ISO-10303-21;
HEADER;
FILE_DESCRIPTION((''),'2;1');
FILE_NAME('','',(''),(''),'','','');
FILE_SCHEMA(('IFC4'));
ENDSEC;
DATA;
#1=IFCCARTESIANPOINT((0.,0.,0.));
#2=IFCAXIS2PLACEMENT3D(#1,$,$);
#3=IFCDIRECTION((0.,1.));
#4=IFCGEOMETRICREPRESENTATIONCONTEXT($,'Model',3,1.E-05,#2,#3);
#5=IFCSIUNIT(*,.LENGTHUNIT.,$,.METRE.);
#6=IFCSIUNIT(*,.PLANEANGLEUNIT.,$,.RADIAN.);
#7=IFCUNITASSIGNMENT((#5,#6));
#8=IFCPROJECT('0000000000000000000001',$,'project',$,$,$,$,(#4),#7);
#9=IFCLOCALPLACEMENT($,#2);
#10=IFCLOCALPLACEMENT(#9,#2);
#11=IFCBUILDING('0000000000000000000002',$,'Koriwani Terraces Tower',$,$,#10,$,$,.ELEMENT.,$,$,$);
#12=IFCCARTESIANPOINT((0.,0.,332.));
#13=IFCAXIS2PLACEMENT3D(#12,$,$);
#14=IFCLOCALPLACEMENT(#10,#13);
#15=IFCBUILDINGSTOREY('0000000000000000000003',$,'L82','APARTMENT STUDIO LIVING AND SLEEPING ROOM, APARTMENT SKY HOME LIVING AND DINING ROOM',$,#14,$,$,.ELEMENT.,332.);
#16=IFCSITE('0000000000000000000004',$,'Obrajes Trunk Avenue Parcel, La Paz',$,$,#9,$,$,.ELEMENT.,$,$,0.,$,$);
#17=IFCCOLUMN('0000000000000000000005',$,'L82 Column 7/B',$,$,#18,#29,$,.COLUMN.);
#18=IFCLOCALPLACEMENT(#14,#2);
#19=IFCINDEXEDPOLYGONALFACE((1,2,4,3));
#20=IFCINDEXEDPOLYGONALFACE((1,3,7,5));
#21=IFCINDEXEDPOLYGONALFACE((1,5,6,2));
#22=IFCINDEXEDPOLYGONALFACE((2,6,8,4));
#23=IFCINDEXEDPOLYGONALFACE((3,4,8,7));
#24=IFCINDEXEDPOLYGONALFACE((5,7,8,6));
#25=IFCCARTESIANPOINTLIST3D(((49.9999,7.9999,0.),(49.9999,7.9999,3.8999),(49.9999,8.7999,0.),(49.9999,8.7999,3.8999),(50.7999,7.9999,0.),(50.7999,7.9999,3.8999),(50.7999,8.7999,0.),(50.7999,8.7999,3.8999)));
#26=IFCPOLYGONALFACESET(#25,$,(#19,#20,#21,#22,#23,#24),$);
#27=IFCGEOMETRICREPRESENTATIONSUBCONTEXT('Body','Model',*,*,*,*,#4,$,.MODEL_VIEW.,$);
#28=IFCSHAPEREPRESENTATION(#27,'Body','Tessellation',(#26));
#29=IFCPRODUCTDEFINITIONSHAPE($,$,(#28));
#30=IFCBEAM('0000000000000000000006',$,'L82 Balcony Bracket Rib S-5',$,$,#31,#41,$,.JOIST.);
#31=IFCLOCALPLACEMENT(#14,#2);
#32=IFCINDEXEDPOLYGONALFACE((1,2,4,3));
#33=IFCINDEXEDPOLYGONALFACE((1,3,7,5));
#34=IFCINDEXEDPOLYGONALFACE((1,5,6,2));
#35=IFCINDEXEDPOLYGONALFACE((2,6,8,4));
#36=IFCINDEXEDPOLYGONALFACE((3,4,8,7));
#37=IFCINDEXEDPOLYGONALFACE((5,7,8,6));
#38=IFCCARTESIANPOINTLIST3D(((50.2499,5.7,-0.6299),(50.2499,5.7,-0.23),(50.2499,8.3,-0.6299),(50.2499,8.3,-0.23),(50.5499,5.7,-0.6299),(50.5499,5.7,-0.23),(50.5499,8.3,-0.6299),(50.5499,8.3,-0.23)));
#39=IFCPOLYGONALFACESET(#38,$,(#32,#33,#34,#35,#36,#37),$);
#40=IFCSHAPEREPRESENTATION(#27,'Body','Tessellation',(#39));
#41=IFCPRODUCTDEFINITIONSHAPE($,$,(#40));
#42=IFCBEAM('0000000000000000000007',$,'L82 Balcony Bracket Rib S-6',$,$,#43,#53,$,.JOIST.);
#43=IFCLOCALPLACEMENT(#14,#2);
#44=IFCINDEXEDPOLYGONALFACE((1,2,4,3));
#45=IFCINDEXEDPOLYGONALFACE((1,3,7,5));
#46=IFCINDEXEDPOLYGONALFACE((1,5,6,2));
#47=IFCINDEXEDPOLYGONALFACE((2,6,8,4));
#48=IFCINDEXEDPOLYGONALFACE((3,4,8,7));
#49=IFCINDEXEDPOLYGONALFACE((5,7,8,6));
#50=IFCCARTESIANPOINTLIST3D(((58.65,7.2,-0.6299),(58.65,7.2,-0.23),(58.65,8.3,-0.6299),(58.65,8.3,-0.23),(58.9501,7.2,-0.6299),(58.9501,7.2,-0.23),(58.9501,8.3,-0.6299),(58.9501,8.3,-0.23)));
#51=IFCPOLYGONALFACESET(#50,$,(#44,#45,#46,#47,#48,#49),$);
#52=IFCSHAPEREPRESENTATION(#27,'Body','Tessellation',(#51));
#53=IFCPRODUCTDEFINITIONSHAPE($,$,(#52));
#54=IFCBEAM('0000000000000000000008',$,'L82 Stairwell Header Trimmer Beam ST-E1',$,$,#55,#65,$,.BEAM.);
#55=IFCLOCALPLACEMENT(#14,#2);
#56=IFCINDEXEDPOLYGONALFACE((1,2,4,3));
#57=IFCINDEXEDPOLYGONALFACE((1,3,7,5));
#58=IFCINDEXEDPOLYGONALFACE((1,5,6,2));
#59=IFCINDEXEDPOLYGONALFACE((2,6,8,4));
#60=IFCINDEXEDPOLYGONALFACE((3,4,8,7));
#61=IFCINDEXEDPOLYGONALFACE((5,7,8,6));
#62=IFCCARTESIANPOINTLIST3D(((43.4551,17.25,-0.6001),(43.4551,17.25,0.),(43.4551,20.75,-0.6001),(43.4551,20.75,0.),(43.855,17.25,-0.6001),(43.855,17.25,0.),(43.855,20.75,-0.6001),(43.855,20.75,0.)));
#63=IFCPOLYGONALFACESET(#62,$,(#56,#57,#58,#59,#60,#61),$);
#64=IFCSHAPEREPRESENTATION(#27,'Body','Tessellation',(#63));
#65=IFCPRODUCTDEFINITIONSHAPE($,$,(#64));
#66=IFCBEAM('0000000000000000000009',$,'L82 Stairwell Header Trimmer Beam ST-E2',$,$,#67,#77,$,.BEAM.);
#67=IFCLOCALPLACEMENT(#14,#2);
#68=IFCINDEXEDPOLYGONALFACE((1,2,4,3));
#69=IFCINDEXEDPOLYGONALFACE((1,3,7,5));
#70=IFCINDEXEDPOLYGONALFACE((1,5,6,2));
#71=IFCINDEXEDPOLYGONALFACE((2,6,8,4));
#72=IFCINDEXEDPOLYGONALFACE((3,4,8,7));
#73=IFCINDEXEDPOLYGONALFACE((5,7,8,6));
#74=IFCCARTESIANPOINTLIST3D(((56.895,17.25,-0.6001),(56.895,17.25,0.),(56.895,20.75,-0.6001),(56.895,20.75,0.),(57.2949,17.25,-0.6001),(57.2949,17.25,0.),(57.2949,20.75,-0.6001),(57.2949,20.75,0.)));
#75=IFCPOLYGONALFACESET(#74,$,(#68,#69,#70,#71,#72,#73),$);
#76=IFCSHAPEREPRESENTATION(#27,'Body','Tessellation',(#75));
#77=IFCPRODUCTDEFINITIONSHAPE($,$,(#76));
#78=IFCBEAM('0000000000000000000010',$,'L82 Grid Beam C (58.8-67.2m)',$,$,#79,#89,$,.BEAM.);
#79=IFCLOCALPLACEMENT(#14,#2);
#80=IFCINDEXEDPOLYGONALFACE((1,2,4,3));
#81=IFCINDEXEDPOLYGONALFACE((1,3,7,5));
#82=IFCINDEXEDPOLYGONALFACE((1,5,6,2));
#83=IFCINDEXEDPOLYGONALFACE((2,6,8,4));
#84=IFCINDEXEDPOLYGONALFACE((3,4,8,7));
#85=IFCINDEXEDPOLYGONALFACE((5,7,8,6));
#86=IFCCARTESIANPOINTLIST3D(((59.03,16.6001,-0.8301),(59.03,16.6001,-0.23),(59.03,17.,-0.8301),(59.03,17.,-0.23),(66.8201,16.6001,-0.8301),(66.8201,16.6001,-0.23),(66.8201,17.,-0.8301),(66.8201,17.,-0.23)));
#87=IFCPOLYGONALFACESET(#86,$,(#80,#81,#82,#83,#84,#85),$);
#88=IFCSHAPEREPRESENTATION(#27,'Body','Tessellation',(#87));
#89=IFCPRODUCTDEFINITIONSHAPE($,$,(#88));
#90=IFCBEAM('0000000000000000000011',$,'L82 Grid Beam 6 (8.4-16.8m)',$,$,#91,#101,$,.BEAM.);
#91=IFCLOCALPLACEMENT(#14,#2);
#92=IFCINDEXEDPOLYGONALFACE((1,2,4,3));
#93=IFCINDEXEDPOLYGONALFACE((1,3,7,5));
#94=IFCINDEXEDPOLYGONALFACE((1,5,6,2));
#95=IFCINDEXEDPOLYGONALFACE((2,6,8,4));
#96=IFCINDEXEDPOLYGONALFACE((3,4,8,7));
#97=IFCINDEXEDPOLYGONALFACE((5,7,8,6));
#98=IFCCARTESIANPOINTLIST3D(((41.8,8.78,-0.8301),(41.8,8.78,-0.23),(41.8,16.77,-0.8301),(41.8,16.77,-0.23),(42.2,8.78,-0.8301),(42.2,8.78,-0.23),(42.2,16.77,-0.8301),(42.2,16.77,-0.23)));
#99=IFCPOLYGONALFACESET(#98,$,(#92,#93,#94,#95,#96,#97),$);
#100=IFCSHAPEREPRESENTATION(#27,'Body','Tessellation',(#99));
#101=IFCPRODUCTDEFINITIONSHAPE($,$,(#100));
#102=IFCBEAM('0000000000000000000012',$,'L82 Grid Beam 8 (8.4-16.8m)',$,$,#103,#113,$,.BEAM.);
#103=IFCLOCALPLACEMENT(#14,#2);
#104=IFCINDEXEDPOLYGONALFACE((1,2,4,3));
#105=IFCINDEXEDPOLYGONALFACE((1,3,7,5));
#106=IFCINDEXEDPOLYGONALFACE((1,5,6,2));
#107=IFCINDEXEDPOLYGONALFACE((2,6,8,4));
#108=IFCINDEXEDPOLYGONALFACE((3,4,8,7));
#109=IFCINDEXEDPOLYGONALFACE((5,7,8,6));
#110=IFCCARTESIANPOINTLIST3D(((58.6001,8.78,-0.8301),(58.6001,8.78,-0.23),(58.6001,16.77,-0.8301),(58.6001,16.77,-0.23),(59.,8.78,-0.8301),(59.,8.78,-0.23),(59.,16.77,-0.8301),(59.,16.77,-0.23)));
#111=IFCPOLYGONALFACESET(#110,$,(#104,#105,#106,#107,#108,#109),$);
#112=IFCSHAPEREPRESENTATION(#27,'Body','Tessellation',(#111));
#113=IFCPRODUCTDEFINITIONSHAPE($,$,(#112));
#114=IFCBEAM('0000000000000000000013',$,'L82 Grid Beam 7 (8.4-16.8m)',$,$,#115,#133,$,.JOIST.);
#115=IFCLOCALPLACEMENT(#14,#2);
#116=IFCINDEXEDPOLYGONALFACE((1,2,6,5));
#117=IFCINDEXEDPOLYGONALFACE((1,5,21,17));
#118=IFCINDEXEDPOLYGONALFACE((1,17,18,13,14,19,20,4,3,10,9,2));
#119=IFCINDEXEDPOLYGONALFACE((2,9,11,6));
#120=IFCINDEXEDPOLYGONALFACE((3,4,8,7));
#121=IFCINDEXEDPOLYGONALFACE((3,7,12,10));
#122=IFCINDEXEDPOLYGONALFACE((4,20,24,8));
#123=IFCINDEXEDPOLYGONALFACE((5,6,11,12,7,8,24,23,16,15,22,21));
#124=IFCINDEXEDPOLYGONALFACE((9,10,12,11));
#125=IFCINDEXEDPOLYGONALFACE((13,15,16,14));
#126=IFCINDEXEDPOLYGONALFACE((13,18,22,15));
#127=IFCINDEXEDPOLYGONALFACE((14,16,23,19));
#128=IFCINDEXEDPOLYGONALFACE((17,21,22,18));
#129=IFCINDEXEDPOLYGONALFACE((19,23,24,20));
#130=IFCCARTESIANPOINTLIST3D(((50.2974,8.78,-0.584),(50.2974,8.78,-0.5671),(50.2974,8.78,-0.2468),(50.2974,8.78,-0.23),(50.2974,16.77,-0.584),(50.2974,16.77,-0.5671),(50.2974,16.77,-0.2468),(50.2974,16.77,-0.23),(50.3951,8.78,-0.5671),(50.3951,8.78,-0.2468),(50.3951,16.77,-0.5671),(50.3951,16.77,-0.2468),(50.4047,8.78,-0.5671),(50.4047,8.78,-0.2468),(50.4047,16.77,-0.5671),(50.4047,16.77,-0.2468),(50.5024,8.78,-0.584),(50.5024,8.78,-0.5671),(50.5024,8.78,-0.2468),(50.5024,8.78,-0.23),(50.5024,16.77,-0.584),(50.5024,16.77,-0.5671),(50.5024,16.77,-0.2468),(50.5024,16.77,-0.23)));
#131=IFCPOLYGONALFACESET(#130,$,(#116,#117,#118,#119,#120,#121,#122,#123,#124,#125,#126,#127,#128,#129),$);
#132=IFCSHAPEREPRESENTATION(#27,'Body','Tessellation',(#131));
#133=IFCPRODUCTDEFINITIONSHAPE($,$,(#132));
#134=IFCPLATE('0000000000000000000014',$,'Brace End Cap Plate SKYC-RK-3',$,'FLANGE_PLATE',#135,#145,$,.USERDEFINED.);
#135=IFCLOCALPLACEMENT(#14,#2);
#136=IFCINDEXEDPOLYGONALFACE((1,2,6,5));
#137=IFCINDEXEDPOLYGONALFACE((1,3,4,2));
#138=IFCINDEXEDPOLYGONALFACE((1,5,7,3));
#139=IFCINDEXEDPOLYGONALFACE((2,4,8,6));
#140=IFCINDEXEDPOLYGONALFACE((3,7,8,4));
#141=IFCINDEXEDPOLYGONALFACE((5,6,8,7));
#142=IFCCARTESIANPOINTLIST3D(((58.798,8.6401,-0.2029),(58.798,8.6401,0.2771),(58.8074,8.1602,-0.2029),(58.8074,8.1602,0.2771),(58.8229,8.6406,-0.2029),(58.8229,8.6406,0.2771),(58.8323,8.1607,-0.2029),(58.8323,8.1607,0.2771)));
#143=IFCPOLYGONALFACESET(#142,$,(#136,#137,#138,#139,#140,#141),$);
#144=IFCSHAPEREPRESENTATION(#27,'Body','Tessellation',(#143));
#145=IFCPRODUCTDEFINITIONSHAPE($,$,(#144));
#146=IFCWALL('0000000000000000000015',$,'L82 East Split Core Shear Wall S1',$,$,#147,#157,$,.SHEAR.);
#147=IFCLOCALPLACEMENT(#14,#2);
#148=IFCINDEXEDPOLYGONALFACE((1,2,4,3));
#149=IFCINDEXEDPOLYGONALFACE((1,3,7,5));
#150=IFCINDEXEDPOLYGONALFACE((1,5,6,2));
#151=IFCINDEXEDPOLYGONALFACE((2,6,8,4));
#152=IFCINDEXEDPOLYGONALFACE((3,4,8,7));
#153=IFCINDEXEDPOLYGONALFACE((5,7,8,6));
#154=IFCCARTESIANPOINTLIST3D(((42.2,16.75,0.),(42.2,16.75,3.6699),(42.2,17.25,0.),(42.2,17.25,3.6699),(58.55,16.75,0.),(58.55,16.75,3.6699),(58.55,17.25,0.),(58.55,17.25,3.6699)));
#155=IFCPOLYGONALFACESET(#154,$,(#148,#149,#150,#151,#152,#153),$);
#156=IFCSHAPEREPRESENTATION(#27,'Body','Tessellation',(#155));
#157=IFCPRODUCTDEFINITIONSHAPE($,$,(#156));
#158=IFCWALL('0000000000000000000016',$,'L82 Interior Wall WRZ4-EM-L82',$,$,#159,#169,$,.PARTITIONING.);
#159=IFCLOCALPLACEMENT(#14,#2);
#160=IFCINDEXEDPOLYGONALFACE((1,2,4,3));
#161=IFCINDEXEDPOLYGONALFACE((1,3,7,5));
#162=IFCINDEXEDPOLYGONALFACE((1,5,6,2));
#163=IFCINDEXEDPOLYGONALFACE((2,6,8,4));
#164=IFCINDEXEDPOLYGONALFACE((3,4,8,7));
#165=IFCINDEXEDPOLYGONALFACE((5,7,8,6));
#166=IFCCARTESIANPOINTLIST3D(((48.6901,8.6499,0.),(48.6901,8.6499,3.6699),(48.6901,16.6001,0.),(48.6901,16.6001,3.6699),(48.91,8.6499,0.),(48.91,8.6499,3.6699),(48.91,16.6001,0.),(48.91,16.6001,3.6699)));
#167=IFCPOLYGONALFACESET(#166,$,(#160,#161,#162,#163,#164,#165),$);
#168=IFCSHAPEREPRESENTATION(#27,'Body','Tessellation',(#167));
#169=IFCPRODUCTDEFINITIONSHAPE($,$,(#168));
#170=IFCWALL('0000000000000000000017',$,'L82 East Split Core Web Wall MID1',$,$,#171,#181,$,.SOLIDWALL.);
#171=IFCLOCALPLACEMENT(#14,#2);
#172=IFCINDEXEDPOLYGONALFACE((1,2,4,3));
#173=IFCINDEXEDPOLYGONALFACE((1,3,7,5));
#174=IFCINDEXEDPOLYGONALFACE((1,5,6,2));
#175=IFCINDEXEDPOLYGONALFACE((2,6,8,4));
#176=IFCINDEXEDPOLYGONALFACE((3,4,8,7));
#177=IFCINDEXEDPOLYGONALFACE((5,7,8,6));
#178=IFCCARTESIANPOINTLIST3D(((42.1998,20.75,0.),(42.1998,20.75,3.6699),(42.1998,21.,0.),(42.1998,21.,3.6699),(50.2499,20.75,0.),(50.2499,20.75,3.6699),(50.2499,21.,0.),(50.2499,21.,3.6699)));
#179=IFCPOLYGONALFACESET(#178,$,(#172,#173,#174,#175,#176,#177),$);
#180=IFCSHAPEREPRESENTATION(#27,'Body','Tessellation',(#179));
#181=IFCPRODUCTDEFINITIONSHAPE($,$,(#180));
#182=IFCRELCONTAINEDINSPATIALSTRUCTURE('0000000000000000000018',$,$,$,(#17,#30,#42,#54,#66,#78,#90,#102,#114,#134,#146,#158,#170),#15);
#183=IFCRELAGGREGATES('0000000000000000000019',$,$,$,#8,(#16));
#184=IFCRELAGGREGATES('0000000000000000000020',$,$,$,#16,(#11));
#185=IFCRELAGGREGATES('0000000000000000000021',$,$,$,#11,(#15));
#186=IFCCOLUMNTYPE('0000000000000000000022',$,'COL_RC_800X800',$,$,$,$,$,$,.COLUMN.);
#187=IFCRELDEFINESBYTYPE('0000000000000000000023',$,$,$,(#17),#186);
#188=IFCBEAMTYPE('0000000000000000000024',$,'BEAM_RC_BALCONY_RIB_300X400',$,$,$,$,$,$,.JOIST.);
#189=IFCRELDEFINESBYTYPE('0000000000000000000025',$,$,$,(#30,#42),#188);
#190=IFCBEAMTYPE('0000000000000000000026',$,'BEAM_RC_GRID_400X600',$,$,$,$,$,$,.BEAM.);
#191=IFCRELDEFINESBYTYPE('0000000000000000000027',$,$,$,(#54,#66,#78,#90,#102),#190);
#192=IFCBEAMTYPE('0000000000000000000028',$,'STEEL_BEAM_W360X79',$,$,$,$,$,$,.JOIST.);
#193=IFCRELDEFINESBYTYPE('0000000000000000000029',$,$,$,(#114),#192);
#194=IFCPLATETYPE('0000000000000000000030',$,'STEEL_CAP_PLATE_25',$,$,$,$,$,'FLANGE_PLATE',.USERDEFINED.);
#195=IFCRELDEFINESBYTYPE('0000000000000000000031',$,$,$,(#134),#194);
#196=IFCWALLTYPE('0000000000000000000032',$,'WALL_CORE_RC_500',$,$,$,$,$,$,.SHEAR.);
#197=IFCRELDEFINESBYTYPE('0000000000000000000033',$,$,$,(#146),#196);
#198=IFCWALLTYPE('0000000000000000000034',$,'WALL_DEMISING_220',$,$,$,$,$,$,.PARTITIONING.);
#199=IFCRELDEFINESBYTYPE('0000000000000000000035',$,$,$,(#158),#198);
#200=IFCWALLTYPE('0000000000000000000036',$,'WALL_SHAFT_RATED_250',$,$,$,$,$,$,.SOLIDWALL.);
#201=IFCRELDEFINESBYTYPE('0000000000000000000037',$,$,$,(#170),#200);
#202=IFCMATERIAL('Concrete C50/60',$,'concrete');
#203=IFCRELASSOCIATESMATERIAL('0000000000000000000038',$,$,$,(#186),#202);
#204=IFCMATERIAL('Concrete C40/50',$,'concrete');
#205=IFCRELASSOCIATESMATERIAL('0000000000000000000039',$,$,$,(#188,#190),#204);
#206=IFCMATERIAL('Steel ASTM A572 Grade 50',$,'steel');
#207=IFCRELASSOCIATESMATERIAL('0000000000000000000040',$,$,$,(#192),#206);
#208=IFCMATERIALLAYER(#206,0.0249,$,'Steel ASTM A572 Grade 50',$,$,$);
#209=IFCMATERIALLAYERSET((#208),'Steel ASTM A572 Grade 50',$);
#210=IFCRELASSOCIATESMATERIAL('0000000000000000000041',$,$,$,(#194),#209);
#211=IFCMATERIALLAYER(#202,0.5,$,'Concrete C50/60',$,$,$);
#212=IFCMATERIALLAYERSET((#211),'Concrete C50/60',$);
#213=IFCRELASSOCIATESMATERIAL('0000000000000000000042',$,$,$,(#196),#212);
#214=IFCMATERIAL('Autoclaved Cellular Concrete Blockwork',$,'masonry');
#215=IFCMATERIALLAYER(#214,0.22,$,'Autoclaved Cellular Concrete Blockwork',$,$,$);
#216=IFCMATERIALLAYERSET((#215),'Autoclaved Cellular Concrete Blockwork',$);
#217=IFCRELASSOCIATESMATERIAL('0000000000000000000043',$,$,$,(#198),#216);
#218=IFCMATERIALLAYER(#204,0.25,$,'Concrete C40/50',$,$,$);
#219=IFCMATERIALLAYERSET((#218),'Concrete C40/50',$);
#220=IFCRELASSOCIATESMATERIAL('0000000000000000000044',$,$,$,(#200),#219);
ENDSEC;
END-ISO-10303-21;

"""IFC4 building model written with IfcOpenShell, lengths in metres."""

from ifc_helpers import new_model, si_unit, direction, frame, frame_2d, origin, origin_2d, place, context, subcontext, project, spatial, rectangle, i_section, extrude, material, layer, layer_set, material_profile, profile_set, type_object, element, save


model = new_model("IFC4")

# Units and contexts
model_context = context("Model", 3, precision=1e-05, world=origin(), true_north=direction((0.0, 1.0)))
body_context = subcontext(model_context, "Body", "Model", "MODEL_VIEW")
ifc_project = project(units=[si_unit("LENGTHUNIT", "METRE"), si_unit("PLANEANGLEUNIT", "RADIAN")], contexts=[model_context])

# Site, building, storey
site_placement = place(None, origin())
site = spatial("IfcSite", under=ifc_project, at=site_placement, Name="Obrajes Trunk Avenue Parcel, La Paz", CompositionType="ELEMENT", RefElevation=0.0)
building_placement = place(site_placement, origin())
building = spatial("IfcBuilding", under=site, at=building_placement, Name="Koriwani Terraces Tower", CompositionType="ELEMENT")
storey_placement = place(building_placement, frame((0.0, 0.0, 332.0)))
storey = spatial("IfcBuildingStorey", under=building, at=storey_placement, Name="L82", Description="APARTMENT STUDIO LIVING AND SLEEPING ROOM, APARTMENT SKY HOME LIVING AND DINING ROOM", CompositionType="ELEMENT", Elevation=332.0)

# Column
ifc_material_1 = material(Name="Concrete C50/60", Category="concrete")
ifc_material_profile_1 = material_profile(ifc_material_1, rectangle(XDim=0.8, YDim=0.8, at=origin_2d()), Name="Concrete C50/60", Category="LoadBearing")
ifc_profile_set_1 = profile_set([ifc_material_profile_1], Name="Concrete C50/60")
column_type = type_object("IfcColumnType", Name="COL_RC_800X800", PredefinedType="COLUMN", material=ifc_profile_set_1)
column_placement = place(storey_placement, frame((50.3999, 8.3999, 0.0), z_axis=(0.0, 0.0, 1.0), x_axis=(1.0, 0.0, 0.0)))
element("IfcColumn", 1, at=column_placement, inside=storey, type_object=column_type, Name="L82 Column 7/B", PredefinedType="COLUMN", context=body_context, shape_type="SweptSolid", body=[
    extrude(rectangle(XDim=0.8, YDim=0.8, at=origin_2d()), origin(), (0.0, 0.0, 1.0), 3.8999),
])

# Beams
ifc_material_2 = material(Name="Concrete C40/50", Category="concrete")
ifc_material_profile_2 = material_profile(ifc_material_2, rectangle(XDim=0.3, YDim=0.3999, at=origin_2d()), Name="Concrete C40/50", Category="LoadBearing")
ifc_profile_set_2 = profile_set([ifc_material_profile_2], Name="Concrete C40/50")
beam_type_1 = type_object("IfcBeamType", Name="BEAM_RC_BALCONY_RIB_300X400", PredefinedType="JOIST", material=ifc_profile_set_2)
beam_1_placement = place(storey_placement, frame((50.3999, 5.7, -0.4299), z_axis=(0.0, 1.0, 0.0), x_axis=(-1.0, 0.0, 0.0)))
element("IfcBeam", 2, at=beam_1_placement, inside=storey, type_object=beam_type_1, Name="L82 Balcony Bracket Rib S-5", PredefinedType="JOIST", context=body_context, shape_type="SweptSolid", body=[
    extrude(rectangle(XDim=0.3, YDim=0.3999, at=origin_2d()), origin(), (0.0, 0.0, 1.0), 2.6001),
])
beam_2_placement = place(storey_placement, frame((58.8, 7.2, -0.4299), z_axis=(0.0, 1.0, 0.0), x_axis=(-1.0, 0.0, 0.0)))
element("IfcBeam", 3, at=beam_2_placement, inside=storey, type_object=beam_type_1, Name="L82 Balcony Bracket Rib S-6", PredefinedType="JOIST", context=body_context, shape_type="SweptSolid", body=[
    extrude(rectangle(XDim=0.3, YDim=0.3999, at=origin_2d()), origin(), (0.0, 0.0, 1.0), 1.1001),
])
ifc_material_profile_3 = material_profile(ifc_material_2, rectangle(XDim=0.3999, YDim=0.6001, at=origin_2d()), Name="Concrete C40/50", Category="LoadBearing")
ifc_profile_set_3 = profile_set([ifc_material_profile_3], Name="Concrete C40/50")
beam_type_2 = type_object("IfcBeamType", Name="BEAM_RC_GRID_400X600", PredefinedType="BEAM", material=ifc_profile_set_3)
for number, where, z_axis, x_axis, name in (
    (4, (43.655, 17.25, -0.3), (0.0, 1.0, 0.0), (-1.0, 0.0, 0.0), "L82 Stairwell Header Trimmer Beam ST-E1"),
    (5, (57.095, 17.25, -0.3), (0.0, 1.0, 0.0), (-1.0, 0.0, 0.0), "L82 Stairwell Header Trimmer Beam ST-E2"),
):
    element("IfcBeam", number, at=place(storey_placement, frame(where, z_axis=z_axis, x_axis=x_axis)), inside=storey, type_object=beam_type_2, Name=name, PredefinedType="BEAM", context=body_context, shape_type="SweptSolid", body=[
        extrude(rectangle(XDim=0.3999, YDim=0.6001, at=origin_2d()), origin(), (0.0, 0.0, 1.0), 3.5),
    ])
beam_3_placement = place(storey_placement, frame((59.03, 16.8, -0.53), z_axis=(1.0, 0.0, 0.0), x_axis=(0.0, 1.0, 0.0)))
element("IfcBeam", 6, at=beam_3_placement, inside=storey, type_object=beam_type_2, Name="L82 Grid Beam C (58.8-67.2m)", PredefinedType="BEAM", context=body_context, shape_type="SweptSolid", body=[
    extrude(rectangle(XDim=0.3999, YDim=0.6001, at=origin_2d()), origin(), (0.0, 0.0, 1.0), 7.79),
])
for number, where, z_axis, x_axis, name in (
    (7, (42.0, 8.78, -0.53), (0.0, 1.0, 0.0), (-1.0, 0.0, 0.0), "L82 Grid Beam 6 (8.4-16.8m)"),
    (8, (58.8, 8.78, -0.53), (0.0, 1.0, 0.0), (-1.0, 0.0, 0.0), "L82 Grid Beam 8 (8.4-16.8m)"),
):
    element("IfcBeam", number, at=place(storey_placement, frame(where, z_axis=z_axis, x_axis=x_axis)), inside=storey, type_object=beam_type_2, Name=name, PredefinedType="BEAM", context=body_context, shape_type="SweptSolid", body=[
        extrude(rectangle(XDim=0.3999, YDim=0.6001, at=origin_2d()), origin(), (0.0, 0.0, 1.0), 7.99),
    ])
ifc_material_3 = material(Name="Steel ASTM A572 Grade 50", Category="steel")
ifc_material_profile_4 = material_profile(ifc_material_3, i_section(OverallWidth=0.2051, OverallDepth=0.354, WebThickness=0.0095, FlangeThickness=0.0168, at=origin_2d()), Name="Steel ASTM A572 Grade 50", Category="LoadBearing")
ifc_profile_set_4 = profile_set([ifc_material_profile_4], Name="Steel ASTM A572 Grade 50")
beam_type_3 = type_object("IfcBeamType", Name="STEEL_BEAM_W360X79", PredefinedType="JOIST", material=ifc_profile_set_4)
beam_4_placement = place(storey_placement, frame((50.3999, 8.78, -0.407), z_axis=(0.0, 1.0, 0.0), x_axis=(-1.0, 0.0, 0.0)))
element("IfcBeam", 9, at=beam_4_placement, inside=storey, type_object=beam_type_3, Name="L82 Grid Beam 7 (8.4-16.8m)", PredefinedType="JOIST", context=body_context, shape_type="SweptSolid", body=[
    extrude(i_section(OverallWidth=0.2051, OverallDepth=0.354, WebThickness=0.0095, FlangeThickness=0.0168, at=origin_2d()), origin(), (0.0, 0.0, 1.0), 7.99),
])

# Plate
ifc_layer_1 = layer(ifc_material_3, 0.0249, Name="Steel ASTM A572 Grade 50")
ifc_layer_set_1 = layer_set([ifc_layer_1], Name="Steel ASTM A572 Grade 50")
plate_type = type_object("IfcPlateType", Name="STEEL_CAP_PLATE_25", ElementType="FLANGE_PLATE", PredefinedType="USERDEFINED", material=ifc_layer_set_1)
plate_placement = place(storey_placement, frame((58.8152, 8.4004, -0.2029), z_axis=(0.0, 0.0, 1.0), x_axis=(0.999809, 0.019546, 0.0)))
element("IfcPlate", 10, at=plate_placement, inside=storey, type_object=plate_type, Name="Brace End Cap Plate SKYC-RK-3", ObjectType="FLANGE_PLATE", PredefinedType="USERDEFINED", context=body_context, shape_type="SweptSolid", body=[
    extrude(rectangle(XDim=0.0249, YDim=0.48, at=origin_2d()), origin(), (0.0, 0.0, 1.0), 0.48),
])

# Walls
ifc_layer_2 = layer(ifc_material_1, 0.5, Name="Concrete C50/60")
ifc_layer_set_2 = layer_set([ifc_layer_2], Name="Concrete C50/60")
wall_type_1 = type_object("IfcWallType", Name="WALL_CORE_RC_500", PredefinedType="SHEAR", material=ifc_layer_set_2)
wall_1_placement = place(storey_placement, frame((42.2, 17.0, 0.0), z_axis=(0.0, 0.0, 1.0), x_axis=(1.0, 0.0, 0.0)))
element("IfcWall", 11, at=wall_1_placement, inside=storey, type_object=wall_type_1, Name="L82 East Split Core Shear Wall S1", PredefinedType="SHEAR", context=body_context, shape_type="SweptSolid", body=[
    extrude(rectangle(XDim=16.3501, YDim=0.5, at=frame_2d((8.175, 0.0))), origin(), (0.0, 0.0, 1.0), 3.6699),
])
ifc_material_4 = material(Name="Autoclaved Cellular Concrete Blockwork", Category="masonry")
ifc_layer_3 = layer(ifc_material_4, 0.22, Name="Autoclaved Cellular Concrete Blockwork")
ifc_layer_set_3 = layer_set([ifc_layer_3], Name="Autoclaved Cellular Concrete Blockwork")
wall_type_2 = type_object("IfcWallType", Name="WALL_DEMISING_220", PredefinedType="PARTITIONING", material=ifc_layer_set_3)
wall_2_placement = place(storey_placement, frame((48.8, 8.6499, 0.0), z_axis=(0.0, 0.0, 1.0), x_axis=(0.0, 1.0, 0.0)))
element("IfcWall", 12, at=wall_2_placement, inside=storey, type_object=wall_type_2, Name="L82 Interior Wall WRZ4-EM-L82", PredefinedType="PARTITIONING", context=body_context, shape_type="SweptSolid", body=[
    extrude(rectangle(XDim=7.9502, YDim=0.22, at=frame_2d((3.9751, 0.0))), origin(), (0.0, 0.0, 1.0), 3.6699),
])
ifc_layer_4 = layer(ifc_material_2, 0.25, Name="Concrete C40/50")
ifc_layer_set_4 = layer_set([ifc_layer_4], Name="Concrete C40/50")
wall_type_3 = type_object("IfcWallType", Name="WALL_SHAFT_RATED_250", PredefinedType="SOLIDWALL", material=ifc_layer_set_4)
for number, where, z_axis, x_axis, name in (
    (13, (42.2, 20.875, 0.0), (0.0, 0.0, 1.0), (1.0, 0.0, 0.0), "L82 East Split Core Web Wall MID1"),
):
    element("IfcWall", number, at=place(storey_placement, frame(where, z_axis=z_axis, x_axis=x_axis)), inside=storey, type_object=wall_type_3, Name=name, PredefinedType="SOLIDWALL", context=body_context, shape_type="SweptSolid", body=[
        extrude(rectangle(XDim=8.05, YDim=0.25, at=frame_2d((4.0249, 0.0))), origin(), (0.0, 0.0, 1.0), 3.6699),
    ])

save(model, "model.ifc")
